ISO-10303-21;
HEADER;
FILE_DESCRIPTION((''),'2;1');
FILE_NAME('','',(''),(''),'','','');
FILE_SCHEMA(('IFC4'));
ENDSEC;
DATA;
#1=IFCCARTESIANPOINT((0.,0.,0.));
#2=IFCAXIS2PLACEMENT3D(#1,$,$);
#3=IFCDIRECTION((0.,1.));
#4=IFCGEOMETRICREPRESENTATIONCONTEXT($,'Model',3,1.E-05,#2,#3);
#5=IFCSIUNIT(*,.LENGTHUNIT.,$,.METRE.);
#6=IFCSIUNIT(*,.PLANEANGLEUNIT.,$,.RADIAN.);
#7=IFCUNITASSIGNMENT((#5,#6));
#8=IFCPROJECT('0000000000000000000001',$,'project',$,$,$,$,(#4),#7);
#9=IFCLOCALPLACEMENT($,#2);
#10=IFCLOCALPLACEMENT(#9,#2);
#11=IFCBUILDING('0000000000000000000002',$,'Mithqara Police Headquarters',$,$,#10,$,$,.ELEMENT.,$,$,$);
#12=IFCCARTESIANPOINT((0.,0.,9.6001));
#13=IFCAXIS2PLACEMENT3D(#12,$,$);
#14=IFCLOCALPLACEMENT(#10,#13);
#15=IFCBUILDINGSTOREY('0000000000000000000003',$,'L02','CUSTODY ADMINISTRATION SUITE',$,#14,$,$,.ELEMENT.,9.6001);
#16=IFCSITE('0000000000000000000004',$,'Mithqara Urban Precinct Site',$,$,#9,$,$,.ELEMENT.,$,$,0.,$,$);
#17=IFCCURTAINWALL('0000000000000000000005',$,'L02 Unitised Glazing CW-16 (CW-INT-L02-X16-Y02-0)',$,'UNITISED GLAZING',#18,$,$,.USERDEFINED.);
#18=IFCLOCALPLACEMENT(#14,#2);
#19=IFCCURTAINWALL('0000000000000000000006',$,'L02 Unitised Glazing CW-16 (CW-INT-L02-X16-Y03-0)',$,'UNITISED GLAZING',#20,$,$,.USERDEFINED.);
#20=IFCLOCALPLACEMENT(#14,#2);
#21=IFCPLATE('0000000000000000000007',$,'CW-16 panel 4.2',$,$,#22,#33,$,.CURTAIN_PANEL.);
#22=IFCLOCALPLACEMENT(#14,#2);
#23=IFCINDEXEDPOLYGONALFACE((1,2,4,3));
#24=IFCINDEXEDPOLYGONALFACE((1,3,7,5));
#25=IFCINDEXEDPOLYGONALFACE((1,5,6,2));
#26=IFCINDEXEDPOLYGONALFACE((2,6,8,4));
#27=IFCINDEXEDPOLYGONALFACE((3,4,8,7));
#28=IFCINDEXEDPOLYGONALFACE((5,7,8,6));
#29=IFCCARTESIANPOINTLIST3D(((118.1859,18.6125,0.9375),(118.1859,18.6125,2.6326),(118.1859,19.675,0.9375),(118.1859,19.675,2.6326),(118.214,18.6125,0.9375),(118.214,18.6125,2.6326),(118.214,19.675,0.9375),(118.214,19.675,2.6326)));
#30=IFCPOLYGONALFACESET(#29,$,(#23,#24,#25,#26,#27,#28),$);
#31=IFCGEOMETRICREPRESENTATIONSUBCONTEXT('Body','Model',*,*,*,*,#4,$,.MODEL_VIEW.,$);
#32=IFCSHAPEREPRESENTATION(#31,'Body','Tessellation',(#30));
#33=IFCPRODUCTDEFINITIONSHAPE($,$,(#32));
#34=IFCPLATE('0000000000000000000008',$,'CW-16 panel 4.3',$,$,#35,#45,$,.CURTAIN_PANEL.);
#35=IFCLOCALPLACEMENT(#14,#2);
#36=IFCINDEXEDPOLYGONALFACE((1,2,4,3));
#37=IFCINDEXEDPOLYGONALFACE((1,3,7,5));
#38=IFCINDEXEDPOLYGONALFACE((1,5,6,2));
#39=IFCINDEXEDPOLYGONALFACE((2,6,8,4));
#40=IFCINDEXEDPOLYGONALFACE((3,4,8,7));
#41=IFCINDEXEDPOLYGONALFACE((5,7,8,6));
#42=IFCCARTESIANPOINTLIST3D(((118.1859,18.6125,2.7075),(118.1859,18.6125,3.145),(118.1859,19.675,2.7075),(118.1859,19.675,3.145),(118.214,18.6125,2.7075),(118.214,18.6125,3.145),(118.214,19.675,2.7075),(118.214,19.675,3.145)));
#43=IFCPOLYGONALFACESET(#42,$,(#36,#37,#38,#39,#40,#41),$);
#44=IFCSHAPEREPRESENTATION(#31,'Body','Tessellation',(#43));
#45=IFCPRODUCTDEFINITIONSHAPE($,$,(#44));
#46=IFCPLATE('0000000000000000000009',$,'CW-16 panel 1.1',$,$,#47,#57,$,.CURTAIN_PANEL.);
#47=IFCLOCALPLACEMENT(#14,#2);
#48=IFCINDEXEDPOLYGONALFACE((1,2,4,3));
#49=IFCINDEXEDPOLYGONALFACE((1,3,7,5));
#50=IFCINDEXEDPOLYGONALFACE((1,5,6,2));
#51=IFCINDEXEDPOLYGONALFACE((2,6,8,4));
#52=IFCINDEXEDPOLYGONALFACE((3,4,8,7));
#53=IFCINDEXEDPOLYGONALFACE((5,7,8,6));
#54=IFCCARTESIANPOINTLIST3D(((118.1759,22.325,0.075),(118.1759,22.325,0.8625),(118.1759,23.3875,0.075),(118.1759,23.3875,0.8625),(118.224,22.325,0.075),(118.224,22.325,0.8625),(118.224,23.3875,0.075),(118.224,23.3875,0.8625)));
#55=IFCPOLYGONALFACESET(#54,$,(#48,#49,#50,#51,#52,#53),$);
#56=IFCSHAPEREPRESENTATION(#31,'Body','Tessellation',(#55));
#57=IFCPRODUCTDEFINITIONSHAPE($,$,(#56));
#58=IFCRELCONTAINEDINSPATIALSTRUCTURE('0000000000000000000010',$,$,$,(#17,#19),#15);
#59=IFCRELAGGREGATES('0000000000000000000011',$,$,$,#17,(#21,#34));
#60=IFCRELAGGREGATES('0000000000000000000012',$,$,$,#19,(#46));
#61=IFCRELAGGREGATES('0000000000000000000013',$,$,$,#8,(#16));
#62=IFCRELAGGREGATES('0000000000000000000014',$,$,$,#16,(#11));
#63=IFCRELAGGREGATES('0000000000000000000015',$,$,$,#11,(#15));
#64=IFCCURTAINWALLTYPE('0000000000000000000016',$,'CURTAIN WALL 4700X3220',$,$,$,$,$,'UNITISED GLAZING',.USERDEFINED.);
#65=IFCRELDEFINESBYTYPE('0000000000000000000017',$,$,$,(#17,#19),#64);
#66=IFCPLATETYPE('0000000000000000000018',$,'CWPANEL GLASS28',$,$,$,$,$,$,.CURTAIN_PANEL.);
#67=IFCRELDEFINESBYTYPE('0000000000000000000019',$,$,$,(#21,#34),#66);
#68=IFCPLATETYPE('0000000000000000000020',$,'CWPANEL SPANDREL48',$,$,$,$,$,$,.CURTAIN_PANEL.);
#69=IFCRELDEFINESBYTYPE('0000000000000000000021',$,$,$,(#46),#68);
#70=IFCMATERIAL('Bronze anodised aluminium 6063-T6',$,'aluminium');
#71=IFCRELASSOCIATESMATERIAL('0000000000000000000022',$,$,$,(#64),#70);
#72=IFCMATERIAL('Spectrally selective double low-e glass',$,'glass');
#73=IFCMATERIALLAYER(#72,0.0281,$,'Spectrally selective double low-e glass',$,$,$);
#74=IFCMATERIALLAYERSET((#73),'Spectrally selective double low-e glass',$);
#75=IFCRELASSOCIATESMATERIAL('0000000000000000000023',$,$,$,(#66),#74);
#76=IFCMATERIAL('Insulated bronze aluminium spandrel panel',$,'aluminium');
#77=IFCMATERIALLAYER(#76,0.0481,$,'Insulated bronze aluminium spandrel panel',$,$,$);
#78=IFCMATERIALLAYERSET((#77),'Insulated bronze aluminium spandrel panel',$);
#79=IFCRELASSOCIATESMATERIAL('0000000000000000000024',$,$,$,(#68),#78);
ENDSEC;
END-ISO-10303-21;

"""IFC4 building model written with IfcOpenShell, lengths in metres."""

from ifc_helpers import new_model, si_unit, direction, frame, origin, origin_2d, place, context, subcontext, project, spatial, rectangle, extrude, material, layer, layer_set, type_object, element, aggregate, save


model = new_model("IFC4")

# Units and contexts
model_context = context("Model", 3, precision=1e-05, world=origin(), true_north=direction((0.0, 1.0)))
body_context = subcontext(model_context, "Body", "Model", "MODEL_VIEW")
ifc_project = project(units=[si_unit("LENGTHUNIT", "METRE"), si_unit("PLANEANGLEUNIT", "RADIAN")], contexts=[model_context])

# Site, building, storey
site_placement = place(None, origin())
site = spatial("IfcSite", under=ifc_project, at=site_placement, Name="Mithqara Urban Precinct Site", CompositionType="ELEMENT", RefElevation=0.0)
building_placement = place(site_placement, origin())
building = spatial("IfcBuilding", under=site, at=building_placement, Name="Mithqara Police Headquarters", CompositionType="ELEMENT")
storey_placement = place(building_placement, frame((0.0, 0.0, 9.6001)))
storey = spatial("IfcBuildingStorey", under=building, at=storey_placement, Name="L02", Description="CUSTODY ADMINISTRATION SUITE", CompositionType="ELEMENT", Elevation=9.6001)

# Curtain wall
ifc_material_1 = material(Name="Bronze anodised aluminium 6063-T6", Category="aluminium")
curtain_wall_type = type_object("IfcCurtainWallType", Name="CURTAIN WALL 4700X3220", ElementType="UNITISED GLAZING", PredefinedType="USERDEFINED", material=ifc_material_1)
curtain_wall_1_placement = place(storey_placement, origin())
curtain_wall_1 = element("IfcCurtainWall", 1, at=curtain_wall_1_placement, inside=storey, type_object=curtain_wall_type, Name="L02 Unitised Glazing CW-16 (CW-INT-L02-X16-Y02-0)", ObjectType="UNITISED GLAZING", PredefinedType="USERDEFINED")

# Curtain wall
curtain_wall_2_placement = place(storey_placement, origin())
curtain_wall_2 = element("IfcCurtainWall", 2, at=curtain_wall_2_placement, inside=storey, type_object=curtain_wall_type, Name="L02 Unitised Glazing CW-16 (CW-INT-L02-X16-Y03-0)", ObjectType="UNITISED GLAZING", PredefinedType="USERDEFINED")

# Plates
ifc_material_2 = material(Name="Spectrally selective double low-e glass", Category="glass")
ifc_layer_1 = layer(ifc_material_2, 0.0281, Name="Spectrally selective double low-e glass")
ifc_layer_set_1 = layer_set([ifc_layer_1], Name="Spectrally selective double low-e glass")
plate_type_1 = type_object("IfcPlateType", Name="CWPANEL GLASS28", PredefinedType="CURTAIN_PANEL", material=ifc_layer_set_1)
plate_1_placement = place(storey_placement, frame((118.2, 19.1438, 0.9375), z_axis=(0.0, 0.0, 1.0), x_axis=(0.0, 1.0, 0.0)))
plate_1 = element("IfcPlate", 3, at=plate_1_placement, type_object=plate_type_1, Name="CW-16 panel 4.2", PredefinedType="CURTAIN_PANEL", context=body_context, shape_type="SweptSolid", body=[
    extrude(rectangle(XDim=1.0625, YDim=0.0281, at=origin_2d()), origin(), (0.0, 0.0, 1.0), 1.6951),
])
plate_2_placement = place(storey_placement, frame((118.2, 19.1438, 2.7075), z_axis=(0.0, 0.0, 1.0), x_axis=(0.0, 1.0, 0.0)))
plate_2 = element("IfcPlate", 4, at=plate_2_placement, type_object=plate_type_1, Name="CW-16 panel 4.3", PredefinedType="CURTAIN_PANEL", context=body_context, shape_type="SweptSolid", body=[
    extrude(rectangle(XDim=1.0625, YDim=0.0281, at=origin_2d()), origin(), (0.0, 0.0, 1.0), 0.4375),
])
aggregate(curtain_wall_1, [plate_1, plate_2])
ifc_material_3 = material(Name="Insulated bronze aluminium spandrel panel", Category="aluminium")
ifc_layer_2 = layer(ifc_material_3, 0.0481, Name="Insulated bronze aluminium spandrel panel")
ifc_layer_set_2 = layer_set([ifc_layer_2], Name="Insulated bronze aluminium spandrel panel")
plate_type_2 = type_object("IfcPlateType", Name="CWPANEL SPANDREL48", PredefinedType="CURTAIN_PANEL", material=ifc_layer_set_2)
plate_3_placement = place(storey_placement, frame((118.2, 22.8562, 0.075), z_axis=(0.0, 0.0, 1.0), x_axis=(0.0, 1.0, 0.0)))
plate_3 = element("IfcPlate", 5, at=plate_3_placement, type_object=plate_type_2, Name="CW-16 panel 1.1", PredefinedType="CURTAIN_PANEL", context=body_context, shape_type="SweptSolid", body=[
    extrude(rectangle(XDim=1.0625, YDim=0.0481, at=origin_2d()), origin(), (0.0, 0.0, 1.0), 0.7876),
])
aggregate(curtain_wall_2, [plate_3])

save(model, "model.ifc")
